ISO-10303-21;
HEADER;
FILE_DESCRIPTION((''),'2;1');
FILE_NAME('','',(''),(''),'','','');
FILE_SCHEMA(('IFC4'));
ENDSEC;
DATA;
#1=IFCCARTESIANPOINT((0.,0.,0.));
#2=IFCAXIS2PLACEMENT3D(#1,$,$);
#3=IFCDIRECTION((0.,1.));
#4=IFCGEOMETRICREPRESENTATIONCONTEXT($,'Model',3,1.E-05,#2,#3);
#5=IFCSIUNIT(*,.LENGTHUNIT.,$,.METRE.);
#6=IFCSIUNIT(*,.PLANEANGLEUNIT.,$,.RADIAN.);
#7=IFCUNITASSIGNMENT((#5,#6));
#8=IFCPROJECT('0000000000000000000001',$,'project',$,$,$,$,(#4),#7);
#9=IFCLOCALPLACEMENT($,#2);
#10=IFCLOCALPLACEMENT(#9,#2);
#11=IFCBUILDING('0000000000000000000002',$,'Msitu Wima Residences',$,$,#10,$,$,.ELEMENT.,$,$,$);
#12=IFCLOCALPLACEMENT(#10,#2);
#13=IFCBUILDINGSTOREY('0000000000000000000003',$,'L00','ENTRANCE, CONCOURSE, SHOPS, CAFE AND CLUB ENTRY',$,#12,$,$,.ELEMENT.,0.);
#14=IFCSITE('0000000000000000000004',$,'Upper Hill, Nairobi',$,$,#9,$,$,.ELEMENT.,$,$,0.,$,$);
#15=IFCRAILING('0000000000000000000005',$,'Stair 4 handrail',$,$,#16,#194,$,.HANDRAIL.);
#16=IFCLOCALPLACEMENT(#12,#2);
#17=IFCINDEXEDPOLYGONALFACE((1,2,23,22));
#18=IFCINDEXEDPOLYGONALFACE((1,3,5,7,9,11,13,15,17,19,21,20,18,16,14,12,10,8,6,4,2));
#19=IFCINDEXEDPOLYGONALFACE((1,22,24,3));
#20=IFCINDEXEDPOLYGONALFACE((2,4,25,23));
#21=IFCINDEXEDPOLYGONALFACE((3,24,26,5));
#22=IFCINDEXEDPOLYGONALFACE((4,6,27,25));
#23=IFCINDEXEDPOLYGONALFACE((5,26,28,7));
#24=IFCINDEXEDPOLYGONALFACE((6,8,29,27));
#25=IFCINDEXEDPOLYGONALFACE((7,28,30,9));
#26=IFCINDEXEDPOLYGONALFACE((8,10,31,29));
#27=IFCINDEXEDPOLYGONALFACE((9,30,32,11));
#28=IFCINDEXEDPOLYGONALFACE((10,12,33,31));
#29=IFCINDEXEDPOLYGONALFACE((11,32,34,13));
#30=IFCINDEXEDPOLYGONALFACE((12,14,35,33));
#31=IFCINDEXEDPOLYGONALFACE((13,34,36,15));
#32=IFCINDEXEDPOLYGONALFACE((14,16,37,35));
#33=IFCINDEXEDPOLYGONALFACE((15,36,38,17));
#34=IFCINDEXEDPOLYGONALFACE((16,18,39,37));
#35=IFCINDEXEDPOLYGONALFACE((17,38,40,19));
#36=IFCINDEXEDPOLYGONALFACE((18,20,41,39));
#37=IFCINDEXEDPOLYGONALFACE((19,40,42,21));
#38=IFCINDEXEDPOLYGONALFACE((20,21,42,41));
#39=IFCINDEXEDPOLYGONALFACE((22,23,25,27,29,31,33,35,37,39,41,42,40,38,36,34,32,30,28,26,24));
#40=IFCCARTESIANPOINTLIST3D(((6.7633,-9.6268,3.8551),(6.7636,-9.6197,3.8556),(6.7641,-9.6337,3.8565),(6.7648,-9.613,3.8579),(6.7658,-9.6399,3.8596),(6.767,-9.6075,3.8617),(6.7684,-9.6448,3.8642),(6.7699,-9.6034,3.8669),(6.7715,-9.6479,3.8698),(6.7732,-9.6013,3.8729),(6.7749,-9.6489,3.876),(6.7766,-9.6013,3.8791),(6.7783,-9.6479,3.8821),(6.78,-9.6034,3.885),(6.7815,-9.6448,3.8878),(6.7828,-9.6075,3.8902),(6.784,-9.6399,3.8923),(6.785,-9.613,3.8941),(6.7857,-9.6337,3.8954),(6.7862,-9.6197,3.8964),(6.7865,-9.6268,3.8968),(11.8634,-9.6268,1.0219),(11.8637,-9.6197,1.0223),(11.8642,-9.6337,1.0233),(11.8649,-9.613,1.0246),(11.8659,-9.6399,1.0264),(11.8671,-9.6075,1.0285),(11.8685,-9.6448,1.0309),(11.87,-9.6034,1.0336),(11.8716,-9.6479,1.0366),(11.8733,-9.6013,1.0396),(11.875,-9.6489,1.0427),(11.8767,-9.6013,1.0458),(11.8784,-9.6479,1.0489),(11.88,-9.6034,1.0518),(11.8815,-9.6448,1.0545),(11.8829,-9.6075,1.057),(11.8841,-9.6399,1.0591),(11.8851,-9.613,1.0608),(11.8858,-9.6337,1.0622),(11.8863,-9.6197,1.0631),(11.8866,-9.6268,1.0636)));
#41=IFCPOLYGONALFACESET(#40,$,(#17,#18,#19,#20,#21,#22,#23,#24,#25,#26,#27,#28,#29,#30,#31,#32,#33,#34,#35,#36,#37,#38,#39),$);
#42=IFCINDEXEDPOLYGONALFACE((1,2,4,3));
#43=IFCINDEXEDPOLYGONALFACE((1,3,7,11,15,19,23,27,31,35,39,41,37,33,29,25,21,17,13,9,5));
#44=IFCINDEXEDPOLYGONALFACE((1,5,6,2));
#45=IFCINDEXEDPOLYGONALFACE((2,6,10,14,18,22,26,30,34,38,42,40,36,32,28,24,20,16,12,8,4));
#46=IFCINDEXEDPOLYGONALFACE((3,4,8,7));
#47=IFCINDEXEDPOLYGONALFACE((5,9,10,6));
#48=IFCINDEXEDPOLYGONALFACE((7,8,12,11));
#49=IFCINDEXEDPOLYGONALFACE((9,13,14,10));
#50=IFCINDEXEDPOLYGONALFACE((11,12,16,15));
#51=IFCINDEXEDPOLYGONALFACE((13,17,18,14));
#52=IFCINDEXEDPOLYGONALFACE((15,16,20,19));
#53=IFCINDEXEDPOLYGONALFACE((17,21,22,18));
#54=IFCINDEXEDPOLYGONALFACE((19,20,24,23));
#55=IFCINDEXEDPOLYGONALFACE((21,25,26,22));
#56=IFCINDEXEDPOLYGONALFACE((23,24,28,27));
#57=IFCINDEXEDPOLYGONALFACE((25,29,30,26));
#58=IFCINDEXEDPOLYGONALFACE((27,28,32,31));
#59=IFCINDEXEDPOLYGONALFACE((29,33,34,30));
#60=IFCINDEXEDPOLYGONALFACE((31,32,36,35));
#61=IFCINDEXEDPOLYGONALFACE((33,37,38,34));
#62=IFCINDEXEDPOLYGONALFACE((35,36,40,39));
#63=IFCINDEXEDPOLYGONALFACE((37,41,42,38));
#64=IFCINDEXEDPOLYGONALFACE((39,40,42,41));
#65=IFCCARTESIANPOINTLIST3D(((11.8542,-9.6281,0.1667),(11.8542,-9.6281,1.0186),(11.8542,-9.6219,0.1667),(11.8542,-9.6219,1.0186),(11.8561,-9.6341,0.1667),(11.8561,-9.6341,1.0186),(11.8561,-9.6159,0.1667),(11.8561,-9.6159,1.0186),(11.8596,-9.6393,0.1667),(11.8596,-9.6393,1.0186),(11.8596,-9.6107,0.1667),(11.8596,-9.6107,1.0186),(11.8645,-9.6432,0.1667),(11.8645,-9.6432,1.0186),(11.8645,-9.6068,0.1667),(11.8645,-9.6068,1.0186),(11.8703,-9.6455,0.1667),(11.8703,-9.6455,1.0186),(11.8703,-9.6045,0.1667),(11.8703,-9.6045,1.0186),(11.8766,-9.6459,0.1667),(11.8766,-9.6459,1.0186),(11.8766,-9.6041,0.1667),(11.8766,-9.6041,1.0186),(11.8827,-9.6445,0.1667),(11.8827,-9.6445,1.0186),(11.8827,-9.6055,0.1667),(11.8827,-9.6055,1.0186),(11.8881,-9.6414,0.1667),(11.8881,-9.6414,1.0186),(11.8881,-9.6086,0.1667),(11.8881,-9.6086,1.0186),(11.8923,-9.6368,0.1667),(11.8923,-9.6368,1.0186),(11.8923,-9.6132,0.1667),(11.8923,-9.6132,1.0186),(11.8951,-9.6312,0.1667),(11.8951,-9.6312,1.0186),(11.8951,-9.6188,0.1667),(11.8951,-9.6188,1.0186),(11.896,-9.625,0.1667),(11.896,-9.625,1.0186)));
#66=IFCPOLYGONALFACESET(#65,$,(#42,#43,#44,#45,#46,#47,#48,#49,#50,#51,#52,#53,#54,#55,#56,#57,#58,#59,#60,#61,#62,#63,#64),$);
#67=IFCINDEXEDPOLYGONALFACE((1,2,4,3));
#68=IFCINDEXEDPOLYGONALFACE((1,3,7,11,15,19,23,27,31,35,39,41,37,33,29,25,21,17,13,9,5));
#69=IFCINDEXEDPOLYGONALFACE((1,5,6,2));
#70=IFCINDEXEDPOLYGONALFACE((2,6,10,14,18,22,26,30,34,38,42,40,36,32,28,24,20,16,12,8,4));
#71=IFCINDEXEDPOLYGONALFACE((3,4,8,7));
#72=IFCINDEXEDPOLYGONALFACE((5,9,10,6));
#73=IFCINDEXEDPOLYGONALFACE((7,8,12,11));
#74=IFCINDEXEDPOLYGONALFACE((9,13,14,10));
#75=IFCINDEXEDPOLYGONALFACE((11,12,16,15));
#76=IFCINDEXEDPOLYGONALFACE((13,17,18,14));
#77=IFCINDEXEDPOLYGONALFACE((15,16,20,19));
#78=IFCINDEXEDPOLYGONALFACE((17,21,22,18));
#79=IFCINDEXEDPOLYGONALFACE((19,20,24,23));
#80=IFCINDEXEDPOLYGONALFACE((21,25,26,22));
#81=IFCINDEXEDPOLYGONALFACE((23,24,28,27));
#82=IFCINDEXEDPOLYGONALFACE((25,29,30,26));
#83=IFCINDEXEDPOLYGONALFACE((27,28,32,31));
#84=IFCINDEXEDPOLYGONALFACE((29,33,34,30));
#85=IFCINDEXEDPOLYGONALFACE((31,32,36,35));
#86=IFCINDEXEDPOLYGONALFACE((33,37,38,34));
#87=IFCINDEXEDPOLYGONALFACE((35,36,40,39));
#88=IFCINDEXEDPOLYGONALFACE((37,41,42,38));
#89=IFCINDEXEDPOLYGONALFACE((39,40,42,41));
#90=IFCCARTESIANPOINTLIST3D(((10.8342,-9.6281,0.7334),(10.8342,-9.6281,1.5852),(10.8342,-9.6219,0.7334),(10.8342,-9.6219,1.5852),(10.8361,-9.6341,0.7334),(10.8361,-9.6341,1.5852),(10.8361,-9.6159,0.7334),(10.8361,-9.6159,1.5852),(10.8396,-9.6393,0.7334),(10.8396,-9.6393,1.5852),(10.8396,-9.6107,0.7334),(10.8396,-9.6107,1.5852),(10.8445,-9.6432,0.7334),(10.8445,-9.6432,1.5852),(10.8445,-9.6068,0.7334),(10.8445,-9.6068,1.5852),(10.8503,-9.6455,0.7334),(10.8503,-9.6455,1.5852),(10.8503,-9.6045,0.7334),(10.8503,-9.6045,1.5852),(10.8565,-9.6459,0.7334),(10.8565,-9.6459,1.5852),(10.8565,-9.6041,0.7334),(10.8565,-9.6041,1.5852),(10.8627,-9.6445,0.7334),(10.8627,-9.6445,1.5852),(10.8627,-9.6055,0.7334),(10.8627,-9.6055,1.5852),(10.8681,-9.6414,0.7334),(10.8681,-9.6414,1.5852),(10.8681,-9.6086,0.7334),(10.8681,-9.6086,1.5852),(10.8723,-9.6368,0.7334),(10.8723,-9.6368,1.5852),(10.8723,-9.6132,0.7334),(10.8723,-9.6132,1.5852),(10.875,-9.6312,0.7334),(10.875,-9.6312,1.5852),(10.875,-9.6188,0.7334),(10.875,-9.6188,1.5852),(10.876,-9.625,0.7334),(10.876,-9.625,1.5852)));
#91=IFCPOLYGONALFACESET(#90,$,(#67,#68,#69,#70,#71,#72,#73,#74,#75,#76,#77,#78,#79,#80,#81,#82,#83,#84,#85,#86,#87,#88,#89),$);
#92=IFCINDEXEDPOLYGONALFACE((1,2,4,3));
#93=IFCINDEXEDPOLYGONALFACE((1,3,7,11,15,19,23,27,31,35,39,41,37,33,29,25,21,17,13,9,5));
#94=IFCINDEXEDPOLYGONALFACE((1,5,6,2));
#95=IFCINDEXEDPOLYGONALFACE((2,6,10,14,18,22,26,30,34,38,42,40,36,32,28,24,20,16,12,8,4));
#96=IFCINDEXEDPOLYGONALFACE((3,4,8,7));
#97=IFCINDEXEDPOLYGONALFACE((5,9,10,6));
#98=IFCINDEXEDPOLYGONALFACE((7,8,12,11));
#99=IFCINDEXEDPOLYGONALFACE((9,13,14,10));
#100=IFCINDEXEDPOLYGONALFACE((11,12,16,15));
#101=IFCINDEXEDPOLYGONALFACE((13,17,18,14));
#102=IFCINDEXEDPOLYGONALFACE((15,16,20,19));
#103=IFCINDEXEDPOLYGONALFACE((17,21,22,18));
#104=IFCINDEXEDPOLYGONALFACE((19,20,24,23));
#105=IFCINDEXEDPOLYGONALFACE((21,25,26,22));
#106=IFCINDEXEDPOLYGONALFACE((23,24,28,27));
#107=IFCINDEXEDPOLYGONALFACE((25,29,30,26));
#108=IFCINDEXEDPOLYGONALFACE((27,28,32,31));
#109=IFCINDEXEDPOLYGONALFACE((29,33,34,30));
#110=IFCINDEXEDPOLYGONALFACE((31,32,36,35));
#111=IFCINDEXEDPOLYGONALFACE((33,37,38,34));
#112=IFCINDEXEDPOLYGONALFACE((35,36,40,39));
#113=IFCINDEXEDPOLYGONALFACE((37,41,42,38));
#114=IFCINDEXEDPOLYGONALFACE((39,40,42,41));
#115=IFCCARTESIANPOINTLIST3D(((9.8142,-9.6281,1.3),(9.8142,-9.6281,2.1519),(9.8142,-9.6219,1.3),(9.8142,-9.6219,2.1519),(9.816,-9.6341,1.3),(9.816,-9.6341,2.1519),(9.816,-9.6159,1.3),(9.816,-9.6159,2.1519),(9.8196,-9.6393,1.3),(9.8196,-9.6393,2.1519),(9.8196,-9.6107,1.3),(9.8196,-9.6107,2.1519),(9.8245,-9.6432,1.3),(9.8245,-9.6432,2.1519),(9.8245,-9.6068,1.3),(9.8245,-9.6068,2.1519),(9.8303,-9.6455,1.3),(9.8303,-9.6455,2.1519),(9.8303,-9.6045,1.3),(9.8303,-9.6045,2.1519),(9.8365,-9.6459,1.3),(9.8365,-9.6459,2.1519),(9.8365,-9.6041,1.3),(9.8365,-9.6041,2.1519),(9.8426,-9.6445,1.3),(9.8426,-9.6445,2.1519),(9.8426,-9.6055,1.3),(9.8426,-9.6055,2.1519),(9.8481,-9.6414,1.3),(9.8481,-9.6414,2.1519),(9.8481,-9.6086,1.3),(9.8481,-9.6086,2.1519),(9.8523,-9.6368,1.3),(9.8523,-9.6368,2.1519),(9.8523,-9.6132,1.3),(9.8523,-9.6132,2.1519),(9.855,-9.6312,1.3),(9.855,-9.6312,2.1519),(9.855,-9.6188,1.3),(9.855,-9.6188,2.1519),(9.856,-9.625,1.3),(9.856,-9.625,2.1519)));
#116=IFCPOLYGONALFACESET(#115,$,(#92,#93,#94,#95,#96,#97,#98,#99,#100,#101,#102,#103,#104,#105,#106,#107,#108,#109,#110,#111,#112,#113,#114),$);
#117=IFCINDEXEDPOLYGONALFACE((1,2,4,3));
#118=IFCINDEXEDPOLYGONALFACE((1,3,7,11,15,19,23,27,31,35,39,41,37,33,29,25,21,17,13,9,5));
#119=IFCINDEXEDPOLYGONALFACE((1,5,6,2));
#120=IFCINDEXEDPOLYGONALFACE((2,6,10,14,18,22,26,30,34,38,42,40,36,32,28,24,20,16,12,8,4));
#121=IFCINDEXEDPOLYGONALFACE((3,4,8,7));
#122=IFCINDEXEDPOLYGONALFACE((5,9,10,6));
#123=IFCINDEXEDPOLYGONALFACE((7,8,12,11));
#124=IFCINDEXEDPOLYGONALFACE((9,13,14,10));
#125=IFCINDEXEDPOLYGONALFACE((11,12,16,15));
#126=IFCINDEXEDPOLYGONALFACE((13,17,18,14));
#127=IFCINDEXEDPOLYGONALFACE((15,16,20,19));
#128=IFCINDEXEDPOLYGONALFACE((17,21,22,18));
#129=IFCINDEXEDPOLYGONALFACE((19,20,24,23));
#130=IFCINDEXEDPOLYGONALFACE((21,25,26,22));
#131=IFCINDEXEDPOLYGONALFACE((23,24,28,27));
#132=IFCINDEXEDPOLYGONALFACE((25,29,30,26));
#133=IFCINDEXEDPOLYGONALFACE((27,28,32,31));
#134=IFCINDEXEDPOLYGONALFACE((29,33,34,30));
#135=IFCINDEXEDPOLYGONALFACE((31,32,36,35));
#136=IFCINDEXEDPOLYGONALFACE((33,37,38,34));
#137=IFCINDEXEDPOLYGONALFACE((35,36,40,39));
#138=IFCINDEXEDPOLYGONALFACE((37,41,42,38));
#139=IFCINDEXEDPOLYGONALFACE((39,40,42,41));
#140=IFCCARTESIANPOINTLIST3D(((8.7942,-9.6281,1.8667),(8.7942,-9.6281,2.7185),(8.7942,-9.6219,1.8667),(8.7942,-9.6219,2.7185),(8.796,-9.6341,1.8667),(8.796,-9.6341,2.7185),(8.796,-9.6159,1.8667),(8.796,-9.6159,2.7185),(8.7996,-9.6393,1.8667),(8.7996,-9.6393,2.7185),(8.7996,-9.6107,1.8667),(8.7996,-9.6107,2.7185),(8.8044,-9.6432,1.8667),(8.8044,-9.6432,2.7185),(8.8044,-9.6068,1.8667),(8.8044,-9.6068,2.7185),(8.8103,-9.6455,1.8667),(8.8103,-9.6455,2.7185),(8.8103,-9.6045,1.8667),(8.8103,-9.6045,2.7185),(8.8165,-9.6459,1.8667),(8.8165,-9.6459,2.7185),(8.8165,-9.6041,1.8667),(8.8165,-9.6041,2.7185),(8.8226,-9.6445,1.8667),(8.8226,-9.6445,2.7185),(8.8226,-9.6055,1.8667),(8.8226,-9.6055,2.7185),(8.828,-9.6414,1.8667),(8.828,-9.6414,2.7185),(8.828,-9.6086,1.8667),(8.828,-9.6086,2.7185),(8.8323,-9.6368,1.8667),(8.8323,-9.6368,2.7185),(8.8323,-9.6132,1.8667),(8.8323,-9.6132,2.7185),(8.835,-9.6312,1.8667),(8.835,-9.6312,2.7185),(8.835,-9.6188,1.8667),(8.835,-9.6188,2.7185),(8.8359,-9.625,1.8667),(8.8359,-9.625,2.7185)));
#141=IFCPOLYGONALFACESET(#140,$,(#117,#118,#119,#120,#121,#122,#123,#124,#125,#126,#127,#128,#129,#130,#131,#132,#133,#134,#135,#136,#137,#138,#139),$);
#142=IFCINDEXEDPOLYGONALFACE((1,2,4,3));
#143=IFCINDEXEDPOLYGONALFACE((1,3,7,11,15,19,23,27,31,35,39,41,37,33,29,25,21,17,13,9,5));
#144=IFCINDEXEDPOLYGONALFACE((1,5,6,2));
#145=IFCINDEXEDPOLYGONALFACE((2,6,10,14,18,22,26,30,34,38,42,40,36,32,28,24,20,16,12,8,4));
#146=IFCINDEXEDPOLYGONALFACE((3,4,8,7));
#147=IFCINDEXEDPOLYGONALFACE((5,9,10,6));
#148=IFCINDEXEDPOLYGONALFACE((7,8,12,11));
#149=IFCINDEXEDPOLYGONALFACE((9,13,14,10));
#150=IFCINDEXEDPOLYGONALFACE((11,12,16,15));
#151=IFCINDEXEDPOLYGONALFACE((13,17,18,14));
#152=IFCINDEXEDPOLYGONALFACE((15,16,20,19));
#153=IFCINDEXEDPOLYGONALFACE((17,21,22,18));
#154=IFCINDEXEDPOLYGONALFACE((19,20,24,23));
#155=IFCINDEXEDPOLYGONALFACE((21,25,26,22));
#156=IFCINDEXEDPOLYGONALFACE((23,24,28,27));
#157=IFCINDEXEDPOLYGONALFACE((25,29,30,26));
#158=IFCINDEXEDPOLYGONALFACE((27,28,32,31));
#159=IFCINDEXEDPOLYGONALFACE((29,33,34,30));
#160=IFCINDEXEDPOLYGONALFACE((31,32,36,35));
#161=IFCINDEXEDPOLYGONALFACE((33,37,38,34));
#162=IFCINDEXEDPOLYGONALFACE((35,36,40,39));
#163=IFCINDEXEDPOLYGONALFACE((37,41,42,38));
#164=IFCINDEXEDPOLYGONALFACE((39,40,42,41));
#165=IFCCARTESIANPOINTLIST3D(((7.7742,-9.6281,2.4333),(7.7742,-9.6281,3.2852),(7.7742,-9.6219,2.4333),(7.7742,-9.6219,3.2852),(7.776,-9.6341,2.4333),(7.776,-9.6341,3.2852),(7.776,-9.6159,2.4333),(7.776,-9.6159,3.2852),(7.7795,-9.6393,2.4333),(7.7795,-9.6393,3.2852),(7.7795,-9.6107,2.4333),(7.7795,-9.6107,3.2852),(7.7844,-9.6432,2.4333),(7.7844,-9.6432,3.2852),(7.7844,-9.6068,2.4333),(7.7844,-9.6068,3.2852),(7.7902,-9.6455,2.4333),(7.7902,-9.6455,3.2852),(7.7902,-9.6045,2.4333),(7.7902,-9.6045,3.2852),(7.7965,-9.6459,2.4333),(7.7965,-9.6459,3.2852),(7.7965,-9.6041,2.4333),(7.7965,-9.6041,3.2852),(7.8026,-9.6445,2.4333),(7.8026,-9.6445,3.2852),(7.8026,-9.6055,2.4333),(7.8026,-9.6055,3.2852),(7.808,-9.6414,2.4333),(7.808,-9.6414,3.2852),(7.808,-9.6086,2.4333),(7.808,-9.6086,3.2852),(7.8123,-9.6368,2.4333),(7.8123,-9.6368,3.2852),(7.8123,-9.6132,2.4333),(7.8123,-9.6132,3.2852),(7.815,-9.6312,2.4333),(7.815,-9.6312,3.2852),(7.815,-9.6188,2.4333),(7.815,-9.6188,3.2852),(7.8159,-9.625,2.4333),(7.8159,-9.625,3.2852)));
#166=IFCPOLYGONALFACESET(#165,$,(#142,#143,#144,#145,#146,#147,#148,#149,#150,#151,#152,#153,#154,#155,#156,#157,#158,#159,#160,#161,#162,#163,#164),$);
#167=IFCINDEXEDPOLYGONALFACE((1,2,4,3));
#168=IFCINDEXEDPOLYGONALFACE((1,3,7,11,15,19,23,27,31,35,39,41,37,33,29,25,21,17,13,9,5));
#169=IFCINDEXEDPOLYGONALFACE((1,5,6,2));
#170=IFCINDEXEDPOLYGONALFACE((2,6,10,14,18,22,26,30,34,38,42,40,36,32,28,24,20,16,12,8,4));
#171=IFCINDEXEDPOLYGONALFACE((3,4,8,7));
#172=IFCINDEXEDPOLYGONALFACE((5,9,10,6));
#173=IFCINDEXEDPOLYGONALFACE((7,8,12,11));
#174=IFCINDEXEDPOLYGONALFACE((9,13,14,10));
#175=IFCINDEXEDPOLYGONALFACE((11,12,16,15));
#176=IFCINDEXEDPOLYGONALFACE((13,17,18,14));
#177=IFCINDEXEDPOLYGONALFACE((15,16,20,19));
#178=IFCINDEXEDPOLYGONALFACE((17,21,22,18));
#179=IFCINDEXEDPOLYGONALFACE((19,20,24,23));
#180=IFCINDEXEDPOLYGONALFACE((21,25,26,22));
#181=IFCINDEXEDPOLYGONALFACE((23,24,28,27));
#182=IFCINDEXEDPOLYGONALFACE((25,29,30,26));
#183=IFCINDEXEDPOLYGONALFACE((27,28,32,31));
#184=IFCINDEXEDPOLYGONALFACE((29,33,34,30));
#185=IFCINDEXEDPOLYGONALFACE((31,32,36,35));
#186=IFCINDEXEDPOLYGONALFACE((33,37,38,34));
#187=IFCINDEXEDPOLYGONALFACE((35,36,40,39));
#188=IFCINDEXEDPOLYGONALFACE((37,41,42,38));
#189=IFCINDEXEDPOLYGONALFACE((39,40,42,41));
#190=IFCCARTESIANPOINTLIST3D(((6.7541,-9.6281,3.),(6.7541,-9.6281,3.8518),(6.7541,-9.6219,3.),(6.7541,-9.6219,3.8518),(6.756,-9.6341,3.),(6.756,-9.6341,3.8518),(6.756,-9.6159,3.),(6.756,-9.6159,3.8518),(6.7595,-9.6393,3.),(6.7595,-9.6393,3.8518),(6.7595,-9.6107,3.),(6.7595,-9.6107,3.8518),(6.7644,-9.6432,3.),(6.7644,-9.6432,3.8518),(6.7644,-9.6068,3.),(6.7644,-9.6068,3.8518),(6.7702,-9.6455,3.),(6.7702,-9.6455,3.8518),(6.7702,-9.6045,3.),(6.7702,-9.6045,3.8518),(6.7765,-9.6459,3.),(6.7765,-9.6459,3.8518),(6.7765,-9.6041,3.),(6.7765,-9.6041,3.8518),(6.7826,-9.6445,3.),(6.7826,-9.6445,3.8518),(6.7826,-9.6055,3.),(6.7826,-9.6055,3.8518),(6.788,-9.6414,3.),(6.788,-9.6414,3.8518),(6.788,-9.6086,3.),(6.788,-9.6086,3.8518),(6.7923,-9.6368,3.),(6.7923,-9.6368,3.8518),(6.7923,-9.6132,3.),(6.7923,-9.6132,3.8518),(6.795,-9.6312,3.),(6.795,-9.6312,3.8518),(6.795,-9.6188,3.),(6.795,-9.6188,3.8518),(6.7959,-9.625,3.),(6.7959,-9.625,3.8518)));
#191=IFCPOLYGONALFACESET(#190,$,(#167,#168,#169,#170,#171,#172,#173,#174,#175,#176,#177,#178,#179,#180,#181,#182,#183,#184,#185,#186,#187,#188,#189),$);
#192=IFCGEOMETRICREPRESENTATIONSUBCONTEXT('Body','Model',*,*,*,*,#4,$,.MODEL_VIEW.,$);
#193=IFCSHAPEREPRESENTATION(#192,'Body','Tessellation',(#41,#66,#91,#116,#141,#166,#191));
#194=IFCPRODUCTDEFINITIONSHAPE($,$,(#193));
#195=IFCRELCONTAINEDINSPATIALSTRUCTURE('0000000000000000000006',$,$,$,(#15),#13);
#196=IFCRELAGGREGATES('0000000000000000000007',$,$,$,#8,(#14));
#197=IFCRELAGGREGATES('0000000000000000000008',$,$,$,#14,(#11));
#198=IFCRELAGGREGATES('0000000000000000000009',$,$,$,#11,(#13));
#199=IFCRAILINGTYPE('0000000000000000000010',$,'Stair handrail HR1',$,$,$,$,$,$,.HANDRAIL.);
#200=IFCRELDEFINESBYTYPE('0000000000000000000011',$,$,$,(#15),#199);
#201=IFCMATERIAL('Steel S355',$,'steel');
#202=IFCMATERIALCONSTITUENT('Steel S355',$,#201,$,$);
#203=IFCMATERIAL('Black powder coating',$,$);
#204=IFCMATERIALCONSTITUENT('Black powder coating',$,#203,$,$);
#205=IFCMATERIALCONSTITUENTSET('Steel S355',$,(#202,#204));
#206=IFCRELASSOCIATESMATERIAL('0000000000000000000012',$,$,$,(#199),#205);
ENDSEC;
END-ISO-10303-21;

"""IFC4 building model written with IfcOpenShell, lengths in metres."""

from ifc_helpers import new_model, si_unit, direction, frame, origin, origin_2d, place, context, subcontext, project, spatial, circle, extrude, material, constituent, constituent_set, type_object, element, save


model = new_model("IFC4")

# Units and contexts
model_context = context("Model", 3, precision=1e-05, world=origin(), true_north=direction((0.0, 1.0)))
body_context = subcontext(model_context, "Body", "Model", "MODEL_VIEW")
ifc_project = project(units=[si_unit("LENGTHUNIT", "METRE"), si_unit("PLANEANGLEUNIT", "RADIAN")], contexts=[model_context])

# Site, building, storey
site_placement = place(None, origin())
site = spatial("IfcSite", under=ifc_project, at=site_placement, Name="Upper Hill, Nairobi", CompositionType="ELEMENT", RefElevation=0.0)
building_placement = place(site_placement, origin())
building = spatial("IfcBuilding", under=site, at=building_placement, Name="Msitu Wima Residences", CompositionType="ELEMENT")
storey_placement = place(building_placement, origin())
storey = spatial("IfcBuildingStorey", under=building, at=storey_placement, Name="L00", Description="ENTRANCE, CONCOURSE, SHOPS, CAFE AND CLUB ENTRY", CompositionType="ELEMENT", Elevation=0.0)

# Railing
ifc_material_1 = material(Name="Steel S355", Category="steel")
ifc_constituent_1 = constituent(ifc_material_1, Name="Steel S355")
ifc_material_2 = material(Name="Black powder coating")
ifc_constituent_2 = constituent(ifc_material_2, Name="Black powder coating")
ifc_constituent_set = constituent_set(constituents=[ifc_constituent_1, ifc_constituent_2], Name="Steel S355")
railing_type = type_object("IfcRailingType", Name="Stair handrail HR1", PredefinedType="HANDRAIL", material=ifc_constituent_set)
for number, where, name in (
    (1, (11.875, -9.625, 0.1667), "Stair 4 handrail"),
):
    element("IfcRailing", number, at=place(storey_placement, frame(where)), inside=storey, type_object=railing_type, Name=name, PredefinedType="HANDRAIL", context=body_context, shape_type="SweptSolid", body=[
        extrude(circle(Radius=0.0239, at=origin_2d()), frame((0.0, 0.0, 0.876), z_axis=(-0.874167, 0.0, 0.485625), x_axis=(0.0, -1.0, 0.0)), (0.0, 0.0, 1.0), 5.8342),
        extrude(circle(Radius=0.021, at=origin_2d()), origin(), (0.0, 0.0, 1.0), 0.8518),
        extrude(circle(Radius=0.021, at=origin_2d()), frame((-1.02, 0.0, 0.5667)), (0.0, 0.0, 1.0), 0.8518),
        extrude(circle(Radius=0.021, at=origin_2d()), frame((-2.04, 0.0, 1.1333)), (0.0, 0.0, 1.0), 0.8518),
        extrude(circle(Radius=0.021, at=origin_2d()), frame((-3.0601, 0.0, 1.7)), (0.0, 0.0, 1.0), 0.8518),
        extrude(circle(Radius=0.021, at=origin_2d()), frame((-4.0801, 0.0, 2.2666)), (0.0, 0.0, 1.0), 0.8518),
        extrude(circle(Radius=0.021, at=origin_2d()), frame((-5.1001, 0.0, 2.8333)), (0.0, 0.0, 1.0), 0.8518),
    ])

save(model, "model.ifc")
